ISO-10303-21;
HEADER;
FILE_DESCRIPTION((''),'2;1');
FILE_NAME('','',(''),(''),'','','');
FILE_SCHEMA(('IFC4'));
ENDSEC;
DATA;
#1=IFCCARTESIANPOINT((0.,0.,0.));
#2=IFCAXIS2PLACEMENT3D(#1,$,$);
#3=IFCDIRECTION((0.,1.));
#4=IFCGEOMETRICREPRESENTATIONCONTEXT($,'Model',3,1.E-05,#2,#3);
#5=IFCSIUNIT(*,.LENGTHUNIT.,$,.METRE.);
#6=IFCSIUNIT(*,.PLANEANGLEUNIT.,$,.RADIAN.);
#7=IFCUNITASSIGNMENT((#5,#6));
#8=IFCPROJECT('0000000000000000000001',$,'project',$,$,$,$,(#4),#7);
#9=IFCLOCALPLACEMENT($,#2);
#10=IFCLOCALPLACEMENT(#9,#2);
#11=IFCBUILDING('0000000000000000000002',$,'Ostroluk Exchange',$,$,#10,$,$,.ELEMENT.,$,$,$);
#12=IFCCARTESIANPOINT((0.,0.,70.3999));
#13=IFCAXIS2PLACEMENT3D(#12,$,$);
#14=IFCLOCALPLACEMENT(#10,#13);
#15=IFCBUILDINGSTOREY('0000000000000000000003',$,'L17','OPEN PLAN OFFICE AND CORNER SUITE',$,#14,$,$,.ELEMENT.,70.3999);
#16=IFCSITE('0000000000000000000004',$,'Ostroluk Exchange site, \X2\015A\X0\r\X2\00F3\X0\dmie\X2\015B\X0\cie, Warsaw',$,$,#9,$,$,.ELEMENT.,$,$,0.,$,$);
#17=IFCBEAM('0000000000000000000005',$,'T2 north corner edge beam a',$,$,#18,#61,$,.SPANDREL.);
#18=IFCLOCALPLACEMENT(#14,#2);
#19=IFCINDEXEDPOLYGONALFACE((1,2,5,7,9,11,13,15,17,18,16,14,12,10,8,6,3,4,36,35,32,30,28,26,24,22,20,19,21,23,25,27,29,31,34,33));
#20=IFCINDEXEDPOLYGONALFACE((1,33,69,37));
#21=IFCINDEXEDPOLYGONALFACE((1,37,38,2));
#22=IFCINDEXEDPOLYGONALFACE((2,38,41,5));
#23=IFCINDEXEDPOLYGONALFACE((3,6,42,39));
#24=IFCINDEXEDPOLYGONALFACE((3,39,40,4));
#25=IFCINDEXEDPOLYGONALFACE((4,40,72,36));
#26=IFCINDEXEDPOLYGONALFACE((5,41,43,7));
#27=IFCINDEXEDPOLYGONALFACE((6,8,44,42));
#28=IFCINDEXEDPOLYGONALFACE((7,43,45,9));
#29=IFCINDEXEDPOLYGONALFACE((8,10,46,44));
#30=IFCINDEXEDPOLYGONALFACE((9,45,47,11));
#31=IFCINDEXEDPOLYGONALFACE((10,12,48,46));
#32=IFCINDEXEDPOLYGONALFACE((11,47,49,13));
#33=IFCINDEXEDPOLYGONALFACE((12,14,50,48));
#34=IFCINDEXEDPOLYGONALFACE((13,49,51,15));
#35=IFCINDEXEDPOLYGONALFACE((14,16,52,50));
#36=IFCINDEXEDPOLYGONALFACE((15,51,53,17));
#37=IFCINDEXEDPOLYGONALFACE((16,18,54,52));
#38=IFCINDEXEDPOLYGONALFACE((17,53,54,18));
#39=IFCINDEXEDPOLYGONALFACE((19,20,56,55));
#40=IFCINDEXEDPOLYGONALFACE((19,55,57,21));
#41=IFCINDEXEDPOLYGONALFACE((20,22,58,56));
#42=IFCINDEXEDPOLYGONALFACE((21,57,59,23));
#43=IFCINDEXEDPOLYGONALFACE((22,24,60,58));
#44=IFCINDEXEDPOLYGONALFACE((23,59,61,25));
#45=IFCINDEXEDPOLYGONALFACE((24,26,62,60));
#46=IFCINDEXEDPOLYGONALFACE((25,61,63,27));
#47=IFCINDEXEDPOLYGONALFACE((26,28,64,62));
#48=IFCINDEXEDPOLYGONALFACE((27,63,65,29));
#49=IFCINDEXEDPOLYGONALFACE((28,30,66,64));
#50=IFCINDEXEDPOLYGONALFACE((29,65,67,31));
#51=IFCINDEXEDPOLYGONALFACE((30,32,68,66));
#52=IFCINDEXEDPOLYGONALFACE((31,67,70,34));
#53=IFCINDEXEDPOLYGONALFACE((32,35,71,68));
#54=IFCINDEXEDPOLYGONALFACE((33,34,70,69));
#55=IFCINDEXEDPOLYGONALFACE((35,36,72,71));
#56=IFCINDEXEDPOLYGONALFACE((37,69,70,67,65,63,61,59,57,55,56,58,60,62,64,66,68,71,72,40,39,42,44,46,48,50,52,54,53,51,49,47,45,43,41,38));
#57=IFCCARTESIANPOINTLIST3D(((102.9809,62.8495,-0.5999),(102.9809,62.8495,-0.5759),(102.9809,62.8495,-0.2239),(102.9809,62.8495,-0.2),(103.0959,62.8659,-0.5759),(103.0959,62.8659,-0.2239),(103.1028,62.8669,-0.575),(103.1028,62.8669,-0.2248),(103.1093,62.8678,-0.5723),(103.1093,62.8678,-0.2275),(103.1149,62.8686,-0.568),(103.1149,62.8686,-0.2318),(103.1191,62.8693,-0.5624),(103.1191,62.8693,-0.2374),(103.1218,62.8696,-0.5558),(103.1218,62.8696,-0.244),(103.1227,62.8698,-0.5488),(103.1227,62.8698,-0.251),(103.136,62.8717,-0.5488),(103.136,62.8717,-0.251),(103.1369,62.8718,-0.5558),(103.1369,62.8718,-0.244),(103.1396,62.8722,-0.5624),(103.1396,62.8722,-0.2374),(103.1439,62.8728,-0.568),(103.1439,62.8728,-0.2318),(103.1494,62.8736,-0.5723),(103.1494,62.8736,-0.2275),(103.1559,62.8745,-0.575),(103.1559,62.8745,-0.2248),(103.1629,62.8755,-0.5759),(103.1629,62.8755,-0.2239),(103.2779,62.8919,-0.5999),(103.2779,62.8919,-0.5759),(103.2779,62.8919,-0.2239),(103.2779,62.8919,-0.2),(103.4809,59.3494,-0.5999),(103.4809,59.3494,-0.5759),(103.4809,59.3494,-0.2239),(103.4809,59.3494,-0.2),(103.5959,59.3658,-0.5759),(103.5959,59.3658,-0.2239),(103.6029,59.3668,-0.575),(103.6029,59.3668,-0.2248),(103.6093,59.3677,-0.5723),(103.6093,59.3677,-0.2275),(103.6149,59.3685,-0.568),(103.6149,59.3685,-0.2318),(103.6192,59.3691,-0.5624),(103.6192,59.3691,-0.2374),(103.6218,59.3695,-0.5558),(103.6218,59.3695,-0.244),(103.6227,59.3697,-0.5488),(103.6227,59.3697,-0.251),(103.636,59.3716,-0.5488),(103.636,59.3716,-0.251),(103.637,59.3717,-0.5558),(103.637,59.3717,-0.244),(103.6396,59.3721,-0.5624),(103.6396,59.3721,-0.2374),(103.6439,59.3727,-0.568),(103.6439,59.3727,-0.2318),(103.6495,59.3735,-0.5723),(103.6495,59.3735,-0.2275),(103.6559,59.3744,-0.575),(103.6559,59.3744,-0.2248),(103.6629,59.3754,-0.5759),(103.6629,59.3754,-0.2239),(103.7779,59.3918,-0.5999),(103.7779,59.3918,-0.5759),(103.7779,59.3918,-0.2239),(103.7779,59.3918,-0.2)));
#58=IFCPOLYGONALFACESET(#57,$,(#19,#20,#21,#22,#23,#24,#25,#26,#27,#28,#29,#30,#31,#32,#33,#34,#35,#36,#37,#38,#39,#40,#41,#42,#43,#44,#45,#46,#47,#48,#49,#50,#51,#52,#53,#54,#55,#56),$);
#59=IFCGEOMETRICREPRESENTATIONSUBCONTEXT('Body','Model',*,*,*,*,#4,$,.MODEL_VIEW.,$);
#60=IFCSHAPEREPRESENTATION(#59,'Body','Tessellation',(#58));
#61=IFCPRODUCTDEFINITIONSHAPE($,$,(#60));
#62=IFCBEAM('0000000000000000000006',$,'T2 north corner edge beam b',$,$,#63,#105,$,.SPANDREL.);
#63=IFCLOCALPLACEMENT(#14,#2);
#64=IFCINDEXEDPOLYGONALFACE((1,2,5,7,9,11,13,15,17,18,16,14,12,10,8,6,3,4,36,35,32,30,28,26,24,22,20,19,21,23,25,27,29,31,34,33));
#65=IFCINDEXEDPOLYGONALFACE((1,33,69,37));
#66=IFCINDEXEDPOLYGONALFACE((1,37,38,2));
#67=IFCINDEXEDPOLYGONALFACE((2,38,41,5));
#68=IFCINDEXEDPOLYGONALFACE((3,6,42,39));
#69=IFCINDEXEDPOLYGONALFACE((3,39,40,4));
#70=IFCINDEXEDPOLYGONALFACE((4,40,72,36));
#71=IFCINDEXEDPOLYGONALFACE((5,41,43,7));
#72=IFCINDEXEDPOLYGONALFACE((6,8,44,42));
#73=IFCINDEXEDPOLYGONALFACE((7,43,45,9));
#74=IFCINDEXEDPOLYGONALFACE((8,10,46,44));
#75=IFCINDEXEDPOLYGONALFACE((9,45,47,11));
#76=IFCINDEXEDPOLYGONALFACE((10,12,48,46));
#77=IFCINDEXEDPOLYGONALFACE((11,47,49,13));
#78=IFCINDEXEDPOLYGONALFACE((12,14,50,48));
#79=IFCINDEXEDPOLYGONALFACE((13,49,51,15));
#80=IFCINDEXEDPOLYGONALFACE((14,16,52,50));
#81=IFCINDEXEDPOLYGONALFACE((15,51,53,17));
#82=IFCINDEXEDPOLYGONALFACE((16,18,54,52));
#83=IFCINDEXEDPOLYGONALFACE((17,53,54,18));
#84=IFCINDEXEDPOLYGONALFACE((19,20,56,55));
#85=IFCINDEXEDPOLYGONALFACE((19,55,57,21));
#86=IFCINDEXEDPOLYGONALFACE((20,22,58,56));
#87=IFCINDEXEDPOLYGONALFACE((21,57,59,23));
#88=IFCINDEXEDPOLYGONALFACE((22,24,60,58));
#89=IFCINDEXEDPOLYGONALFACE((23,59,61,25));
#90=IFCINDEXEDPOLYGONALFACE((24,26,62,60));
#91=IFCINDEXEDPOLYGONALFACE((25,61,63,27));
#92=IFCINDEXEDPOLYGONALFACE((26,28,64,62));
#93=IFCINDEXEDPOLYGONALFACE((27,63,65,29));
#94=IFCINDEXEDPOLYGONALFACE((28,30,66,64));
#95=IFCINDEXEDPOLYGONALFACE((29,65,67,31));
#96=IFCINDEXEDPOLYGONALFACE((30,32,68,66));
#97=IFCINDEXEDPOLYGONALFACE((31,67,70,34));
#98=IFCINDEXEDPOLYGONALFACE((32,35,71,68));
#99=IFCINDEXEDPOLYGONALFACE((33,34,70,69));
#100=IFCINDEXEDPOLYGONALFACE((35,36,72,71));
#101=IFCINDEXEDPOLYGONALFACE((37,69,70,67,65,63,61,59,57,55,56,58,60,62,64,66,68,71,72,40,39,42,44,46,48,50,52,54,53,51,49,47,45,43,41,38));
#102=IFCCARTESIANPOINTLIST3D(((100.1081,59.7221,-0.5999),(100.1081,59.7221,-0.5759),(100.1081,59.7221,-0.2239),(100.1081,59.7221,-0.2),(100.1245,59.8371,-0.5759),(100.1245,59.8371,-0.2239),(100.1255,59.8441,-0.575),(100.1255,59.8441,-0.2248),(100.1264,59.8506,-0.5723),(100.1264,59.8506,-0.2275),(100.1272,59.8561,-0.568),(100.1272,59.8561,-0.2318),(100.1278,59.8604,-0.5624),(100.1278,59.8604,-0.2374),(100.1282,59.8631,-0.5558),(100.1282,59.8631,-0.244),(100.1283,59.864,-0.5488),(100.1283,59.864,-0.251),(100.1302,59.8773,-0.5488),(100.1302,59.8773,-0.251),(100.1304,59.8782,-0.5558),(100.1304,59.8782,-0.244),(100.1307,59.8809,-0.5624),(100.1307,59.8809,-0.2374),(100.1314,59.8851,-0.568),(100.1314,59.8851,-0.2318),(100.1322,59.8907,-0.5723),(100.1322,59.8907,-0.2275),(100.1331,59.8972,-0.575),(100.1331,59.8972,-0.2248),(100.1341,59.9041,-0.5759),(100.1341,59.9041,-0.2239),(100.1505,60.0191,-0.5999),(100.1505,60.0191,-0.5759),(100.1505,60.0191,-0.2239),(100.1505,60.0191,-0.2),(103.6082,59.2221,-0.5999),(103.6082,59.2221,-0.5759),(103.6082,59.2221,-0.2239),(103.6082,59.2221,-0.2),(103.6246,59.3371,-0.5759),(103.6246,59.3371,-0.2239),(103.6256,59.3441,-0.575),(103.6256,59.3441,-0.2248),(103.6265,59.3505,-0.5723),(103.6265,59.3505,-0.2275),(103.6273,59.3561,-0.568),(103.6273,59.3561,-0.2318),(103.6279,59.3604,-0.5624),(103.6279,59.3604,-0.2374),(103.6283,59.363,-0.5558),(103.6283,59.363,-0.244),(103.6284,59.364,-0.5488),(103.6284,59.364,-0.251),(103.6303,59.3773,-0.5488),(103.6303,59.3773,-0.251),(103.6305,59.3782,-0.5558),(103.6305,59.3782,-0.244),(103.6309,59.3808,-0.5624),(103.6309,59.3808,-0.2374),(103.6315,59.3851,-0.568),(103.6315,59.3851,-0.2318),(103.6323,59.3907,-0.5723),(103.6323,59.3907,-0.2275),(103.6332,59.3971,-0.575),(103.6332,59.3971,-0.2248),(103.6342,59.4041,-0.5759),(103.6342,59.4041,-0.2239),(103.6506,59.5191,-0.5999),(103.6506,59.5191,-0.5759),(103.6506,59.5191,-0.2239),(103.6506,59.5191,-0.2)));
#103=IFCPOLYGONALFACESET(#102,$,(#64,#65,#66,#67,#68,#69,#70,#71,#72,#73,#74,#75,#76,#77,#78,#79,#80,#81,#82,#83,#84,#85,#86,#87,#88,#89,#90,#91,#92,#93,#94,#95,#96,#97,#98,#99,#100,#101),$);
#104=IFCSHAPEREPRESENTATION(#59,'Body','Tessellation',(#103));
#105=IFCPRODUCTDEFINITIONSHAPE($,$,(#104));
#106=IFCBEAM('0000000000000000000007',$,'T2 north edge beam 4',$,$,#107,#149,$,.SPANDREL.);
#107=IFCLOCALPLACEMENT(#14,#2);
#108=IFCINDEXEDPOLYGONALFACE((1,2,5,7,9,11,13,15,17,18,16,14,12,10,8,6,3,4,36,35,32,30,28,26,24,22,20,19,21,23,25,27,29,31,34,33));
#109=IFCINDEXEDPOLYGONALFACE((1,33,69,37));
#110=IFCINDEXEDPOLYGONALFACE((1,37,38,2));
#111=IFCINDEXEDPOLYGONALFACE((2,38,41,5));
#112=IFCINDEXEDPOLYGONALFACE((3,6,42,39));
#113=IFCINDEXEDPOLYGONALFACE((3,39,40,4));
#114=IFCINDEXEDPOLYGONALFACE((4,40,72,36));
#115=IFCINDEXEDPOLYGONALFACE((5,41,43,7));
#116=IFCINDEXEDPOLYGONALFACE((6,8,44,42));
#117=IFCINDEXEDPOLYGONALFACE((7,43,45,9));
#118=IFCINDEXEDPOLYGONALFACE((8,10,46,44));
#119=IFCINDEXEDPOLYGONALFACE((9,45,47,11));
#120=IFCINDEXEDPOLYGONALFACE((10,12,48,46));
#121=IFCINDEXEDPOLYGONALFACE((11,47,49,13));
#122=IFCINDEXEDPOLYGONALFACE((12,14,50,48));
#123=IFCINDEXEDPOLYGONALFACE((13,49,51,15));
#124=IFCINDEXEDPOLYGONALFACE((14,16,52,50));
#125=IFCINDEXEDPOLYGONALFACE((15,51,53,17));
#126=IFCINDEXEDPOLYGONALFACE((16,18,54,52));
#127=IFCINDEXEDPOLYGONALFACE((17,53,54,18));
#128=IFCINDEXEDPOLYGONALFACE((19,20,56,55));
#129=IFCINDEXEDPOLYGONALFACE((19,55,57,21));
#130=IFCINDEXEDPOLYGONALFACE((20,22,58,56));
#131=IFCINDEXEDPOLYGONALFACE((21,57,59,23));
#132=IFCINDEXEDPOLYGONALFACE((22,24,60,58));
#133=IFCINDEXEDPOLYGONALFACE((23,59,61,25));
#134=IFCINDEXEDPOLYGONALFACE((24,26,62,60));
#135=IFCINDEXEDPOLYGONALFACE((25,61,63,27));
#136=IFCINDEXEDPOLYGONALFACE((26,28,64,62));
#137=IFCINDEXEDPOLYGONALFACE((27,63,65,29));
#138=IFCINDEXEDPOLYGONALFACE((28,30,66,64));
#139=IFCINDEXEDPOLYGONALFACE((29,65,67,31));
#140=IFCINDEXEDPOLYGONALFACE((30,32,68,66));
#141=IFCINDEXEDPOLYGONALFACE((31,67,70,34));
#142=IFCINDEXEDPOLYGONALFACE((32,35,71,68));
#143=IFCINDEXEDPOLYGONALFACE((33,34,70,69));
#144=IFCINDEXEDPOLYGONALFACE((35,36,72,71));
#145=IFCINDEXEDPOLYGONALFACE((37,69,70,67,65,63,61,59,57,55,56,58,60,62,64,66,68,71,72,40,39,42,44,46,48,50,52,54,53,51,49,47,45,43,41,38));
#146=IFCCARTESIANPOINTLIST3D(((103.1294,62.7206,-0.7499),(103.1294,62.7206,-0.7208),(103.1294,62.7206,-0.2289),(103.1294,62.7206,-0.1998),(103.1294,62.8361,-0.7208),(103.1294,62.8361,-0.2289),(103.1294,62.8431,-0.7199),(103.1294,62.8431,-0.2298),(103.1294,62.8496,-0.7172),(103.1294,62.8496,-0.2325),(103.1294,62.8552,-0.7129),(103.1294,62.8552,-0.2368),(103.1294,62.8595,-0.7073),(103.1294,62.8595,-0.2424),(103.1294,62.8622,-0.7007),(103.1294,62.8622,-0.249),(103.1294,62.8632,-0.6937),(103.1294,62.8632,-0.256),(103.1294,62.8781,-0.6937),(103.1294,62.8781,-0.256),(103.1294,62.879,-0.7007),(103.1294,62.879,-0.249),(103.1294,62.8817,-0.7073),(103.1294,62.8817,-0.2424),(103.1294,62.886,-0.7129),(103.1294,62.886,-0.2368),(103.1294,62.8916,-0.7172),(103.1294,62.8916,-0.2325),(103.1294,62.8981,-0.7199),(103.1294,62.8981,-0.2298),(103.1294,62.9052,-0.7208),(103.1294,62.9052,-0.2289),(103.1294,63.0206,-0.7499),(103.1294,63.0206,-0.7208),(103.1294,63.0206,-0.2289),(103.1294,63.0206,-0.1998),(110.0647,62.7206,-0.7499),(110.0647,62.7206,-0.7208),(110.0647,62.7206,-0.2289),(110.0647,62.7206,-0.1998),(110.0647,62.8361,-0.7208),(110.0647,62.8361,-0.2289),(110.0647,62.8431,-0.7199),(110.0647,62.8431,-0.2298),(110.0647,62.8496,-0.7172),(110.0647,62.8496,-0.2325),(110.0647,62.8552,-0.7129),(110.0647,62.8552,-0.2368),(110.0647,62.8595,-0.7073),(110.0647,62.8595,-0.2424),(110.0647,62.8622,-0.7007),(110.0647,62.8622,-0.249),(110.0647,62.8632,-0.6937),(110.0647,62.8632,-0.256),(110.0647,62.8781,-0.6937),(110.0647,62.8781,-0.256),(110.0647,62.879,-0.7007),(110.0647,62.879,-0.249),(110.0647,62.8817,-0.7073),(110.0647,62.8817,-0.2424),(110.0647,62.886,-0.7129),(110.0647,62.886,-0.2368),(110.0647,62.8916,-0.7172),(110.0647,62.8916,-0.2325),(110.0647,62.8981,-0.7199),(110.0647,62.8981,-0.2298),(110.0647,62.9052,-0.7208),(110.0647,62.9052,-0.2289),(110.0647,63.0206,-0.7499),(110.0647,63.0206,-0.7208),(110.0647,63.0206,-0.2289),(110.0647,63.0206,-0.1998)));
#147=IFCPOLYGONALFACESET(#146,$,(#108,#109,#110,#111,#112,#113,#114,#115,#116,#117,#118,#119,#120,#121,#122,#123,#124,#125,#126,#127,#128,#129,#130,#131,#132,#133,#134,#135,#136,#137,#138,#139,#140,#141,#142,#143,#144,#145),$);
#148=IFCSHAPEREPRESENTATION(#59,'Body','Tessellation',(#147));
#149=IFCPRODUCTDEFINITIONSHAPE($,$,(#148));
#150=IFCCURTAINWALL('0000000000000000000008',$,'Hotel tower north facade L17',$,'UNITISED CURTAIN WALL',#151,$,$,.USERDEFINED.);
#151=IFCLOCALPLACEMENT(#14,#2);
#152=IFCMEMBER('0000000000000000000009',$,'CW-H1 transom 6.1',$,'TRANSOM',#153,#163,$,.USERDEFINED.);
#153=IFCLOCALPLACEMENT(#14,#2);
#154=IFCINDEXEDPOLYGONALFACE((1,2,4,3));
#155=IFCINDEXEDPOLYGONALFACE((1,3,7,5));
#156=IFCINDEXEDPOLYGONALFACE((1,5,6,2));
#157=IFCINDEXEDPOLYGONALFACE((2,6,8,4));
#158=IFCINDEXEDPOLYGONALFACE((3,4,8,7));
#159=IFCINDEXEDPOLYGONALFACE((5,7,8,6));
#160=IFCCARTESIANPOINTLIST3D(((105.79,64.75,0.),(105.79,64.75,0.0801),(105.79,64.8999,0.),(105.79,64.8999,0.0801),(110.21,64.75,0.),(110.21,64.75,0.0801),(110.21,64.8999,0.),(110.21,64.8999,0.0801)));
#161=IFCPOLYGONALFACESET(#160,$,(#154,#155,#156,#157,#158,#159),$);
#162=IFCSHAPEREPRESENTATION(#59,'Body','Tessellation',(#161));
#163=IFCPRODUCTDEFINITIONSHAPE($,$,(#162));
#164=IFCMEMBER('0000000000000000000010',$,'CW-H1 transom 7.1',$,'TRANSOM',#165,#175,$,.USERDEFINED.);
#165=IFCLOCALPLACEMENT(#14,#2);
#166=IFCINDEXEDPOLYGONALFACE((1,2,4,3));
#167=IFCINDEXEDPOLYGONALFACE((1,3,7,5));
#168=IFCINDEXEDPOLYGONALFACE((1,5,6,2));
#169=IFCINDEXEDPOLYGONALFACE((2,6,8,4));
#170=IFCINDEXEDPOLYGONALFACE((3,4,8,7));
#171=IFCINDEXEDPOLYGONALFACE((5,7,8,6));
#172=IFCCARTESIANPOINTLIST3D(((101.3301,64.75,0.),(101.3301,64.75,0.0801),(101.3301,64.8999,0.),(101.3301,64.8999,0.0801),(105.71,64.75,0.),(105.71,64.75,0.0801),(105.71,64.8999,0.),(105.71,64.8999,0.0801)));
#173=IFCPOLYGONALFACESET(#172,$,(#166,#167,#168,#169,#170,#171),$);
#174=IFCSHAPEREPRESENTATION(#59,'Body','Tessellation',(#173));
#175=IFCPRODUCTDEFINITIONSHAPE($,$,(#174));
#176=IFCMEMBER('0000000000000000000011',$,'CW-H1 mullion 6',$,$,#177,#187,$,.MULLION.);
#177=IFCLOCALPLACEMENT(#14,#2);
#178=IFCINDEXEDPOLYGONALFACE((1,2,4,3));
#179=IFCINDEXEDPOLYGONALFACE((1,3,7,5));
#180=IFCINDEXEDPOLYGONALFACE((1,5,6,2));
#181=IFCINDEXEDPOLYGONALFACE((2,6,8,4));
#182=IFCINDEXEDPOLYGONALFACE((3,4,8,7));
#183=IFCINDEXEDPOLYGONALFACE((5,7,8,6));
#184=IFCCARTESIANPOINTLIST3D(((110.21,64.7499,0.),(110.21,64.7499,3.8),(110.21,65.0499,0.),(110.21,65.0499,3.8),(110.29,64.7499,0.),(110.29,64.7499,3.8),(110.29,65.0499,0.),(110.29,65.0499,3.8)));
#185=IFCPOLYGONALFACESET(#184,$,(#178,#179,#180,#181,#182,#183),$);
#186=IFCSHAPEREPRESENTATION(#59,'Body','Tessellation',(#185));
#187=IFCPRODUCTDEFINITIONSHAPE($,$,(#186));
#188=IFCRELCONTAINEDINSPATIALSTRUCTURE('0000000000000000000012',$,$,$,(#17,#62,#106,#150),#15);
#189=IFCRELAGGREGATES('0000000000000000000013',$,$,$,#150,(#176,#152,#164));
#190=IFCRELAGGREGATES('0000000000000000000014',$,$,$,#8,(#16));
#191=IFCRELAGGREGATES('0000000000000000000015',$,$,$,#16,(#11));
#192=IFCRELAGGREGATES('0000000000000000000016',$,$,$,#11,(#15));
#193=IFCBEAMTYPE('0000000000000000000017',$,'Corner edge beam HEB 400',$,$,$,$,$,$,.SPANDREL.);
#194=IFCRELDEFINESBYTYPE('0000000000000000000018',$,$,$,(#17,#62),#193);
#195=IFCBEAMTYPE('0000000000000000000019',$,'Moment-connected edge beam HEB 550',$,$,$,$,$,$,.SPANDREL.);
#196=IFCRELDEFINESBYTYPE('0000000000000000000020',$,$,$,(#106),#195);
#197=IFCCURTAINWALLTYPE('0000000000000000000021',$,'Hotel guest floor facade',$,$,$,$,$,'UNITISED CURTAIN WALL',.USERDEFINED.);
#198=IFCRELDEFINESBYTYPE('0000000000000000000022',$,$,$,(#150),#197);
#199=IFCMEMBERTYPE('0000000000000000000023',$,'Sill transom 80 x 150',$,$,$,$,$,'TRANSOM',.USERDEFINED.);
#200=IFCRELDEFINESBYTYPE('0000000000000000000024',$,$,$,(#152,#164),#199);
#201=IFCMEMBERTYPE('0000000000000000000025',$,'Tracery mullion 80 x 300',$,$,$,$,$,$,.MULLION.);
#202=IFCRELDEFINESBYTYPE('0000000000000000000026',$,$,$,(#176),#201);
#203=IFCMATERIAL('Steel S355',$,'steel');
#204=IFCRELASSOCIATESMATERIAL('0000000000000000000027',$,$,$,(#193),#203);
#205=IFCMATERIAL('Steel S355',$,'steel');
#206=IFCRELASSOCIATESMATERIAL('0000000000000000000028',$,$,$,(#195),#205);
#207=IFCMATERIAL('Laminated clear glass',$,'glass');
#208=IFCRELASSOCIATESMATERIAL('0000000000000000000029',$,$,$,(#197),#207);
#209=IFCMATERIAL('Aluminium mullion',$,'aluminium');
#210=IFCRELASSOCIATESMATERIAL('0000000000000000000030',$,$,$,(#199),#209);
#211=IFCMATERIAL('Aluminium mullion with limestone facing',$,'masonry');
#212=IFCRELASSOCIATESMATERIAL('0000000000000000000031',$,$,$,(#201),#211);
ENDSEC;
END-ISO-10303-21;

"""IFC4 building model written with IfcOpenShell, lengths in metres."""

from ifc_helpers import new_model, si_unit, direction, frame, origin, origin_2d, place, context, subcontext, project, spatial, rectangle, i_section, extrude, material, material_profile, profile_set, type_object, element, aggregate, save


model = new_model("IFC4")

# Units and contexts
model_context = context("Model", 3, precision=1e-05, world=origin(), true_north=direction((0.0, 1.0)))
body_context = subcontext(model_context, "Body", "Model", "MODEL_VIEW")
ifc_project = project(units=[si_unit("LENGTHUNIT", "METRE"), si_unit("PLANEANGLEUNIT", "RADIAN")], contexts=[model_context])

# Site, building, storey
site_placement = place(None, origin())
site = spatial("IfcSite", under=ifc_project, at=site_placement, Name="Ostroluk Exchange site, Śródmieście, Warsaw", CompositionType="ELEMENT", RefElevation=0.0)
building_placement = place(site_placement, origin())
building = spatial("IfcBuilding", under=site, at=building_placement, Name="Ostroluk Exchange", CompositionType="ELEMENT")
storey_placement = place(building_placement, frame((0.0, 0.0, 70.3999)))
storey = spatial("IfcBuildingStorey", under=building, at=storey_placement, Name="L17", Description="OPEN PLAN OFFICE AND CORNER SUITE", CompositionType="ELEMENT", Elevation=70.3999)

# Beams
ifc_material_1 = material(Name="Steel S355", Category="steel")
ifc_material_profile_1 = material_profile(ifc_material_1, i_section(OverallWidth=0.3, OverallDepth=0.3999, WebThickness=0.0134, FlangeThickness=0.0239, FilletRadius=0.0271, at=origin_2d()), Name="HEB 400")
ifc_profile_set_1 = profile_set([ifc_material_profile_1], Name="Steel S355")
beam_type_1 = type_object("IfcBeamType", Name="Corner edge beam HEB 400", PredefinedType="SPANDREL", material=ifc_profile_set_1)
for number, where, z_axis, x_axis, name in (
    (1, (103.6294, 59.3706, -0.3999), (-0.141421, 0.989949, 0.0), (-0.989949, -0.141421, 0.0), "T2 north corner edge beam a"),
    (2, (103.6294, 59.3706, -0.3999), (-0.989949, 0.141421, 0.0), (-0.141421, -0.989949, 0.0), "T2 north corner edge beam b"),
):
    element("IfcBeam", number, at=place(storey_placement, frame(where, z_axis=z_axis, x_axis=x_axis)), inside=storey, type_object=beam_type_1, Name=name, PredefinedType="SPANDREL", context=body_context, shape_type="SweptSolid", body=[
        extrude(i_section(OverallWidth=0.3, OverallDepth=0.3999, WebThickness=0.0134, FlangeThickness=0.0239, FilletRadius=0.0271, at=origin_2d()), origin(), (0.0, 0.0, 1.0), 3.5356),
    ])
ifc_material_2 = material(Name="Steel S355", Category="steel")
ifc_material_profile_2 = material_profile(ifc_material_2, i_section(OverallWidth=0.3, OverallDepth=0.55, WebThickness=0.0149, FlangeThickness=0.0291, FilletRadius=0.0271, at=origin_2d()), Name="HEB 550")
ifc_profile_set_2 = profile_set([ifc_material_profile_2], Name="Steel S355")
beam_type_2 = type_object("IfcBeamType", Name="Moment-connected edge beam HEB 550", PredefinedType="SPANDREL", material=ifc_profile_set_2)
beam_1_placement = place(storey_placement, frame((110.0647, 62.8706, -0.4749), z_axis=(-1.0, 0.0, 0.0), x_axis=(0.0, -1.0, 0.0)))
element("IfcBeam", 3, at=beam_1_placement, inside=storey, type_object=beam_type_2, Name="T2 north edge beam 4", PredefinedType="SPANDREL", context=body_context, shape_type="SweptSolid", body=[
    extrude(i_section(OverallWidth=0.3, OverallDepth=0.55, WebThickness=0.0149, FlangeThickness=0.0291, FilletRadius=0.0271, at=origin_2d()), origin(), (0.0, 0.0, 1.0), 6.9353),
])

# Curtain wall, members
ifc_material_3 = material(Name="Laminated clear glass", Category="glass")
curtain_wall_type = type_object("IfcCurtainWallType", Name="Hotel guest floor facade", ElementType="UNITISED CURTAIN WALL", PredefinedType="USERDEFINED", material=ifc_material_3)
curtain_wall_placement = place(storey_placement, origin())
curtain_wall = element("IfcCurtainWall", 4, at=curtain_wall_placement, inside=storey, type_object=curtain_wall_type, Name="Hotel tower north facade L17", ObjectType="UNITISED CURTAIN WALL", PredefinedType="USERDEFINED")
ifc_material_4 = material(Name="Aluminium mullion", Category="aluminium")
ifc_material_profile_3 = material_profile(ifc_material_4, rectangle(XDim=0.1499, YDim=0.0801, at=origin_2d()), Name="Sill transom 80 x 150")
ifc_profile_set_3 = profile_set([ifc_material_profile_3], Name="Aluminium mullion")
member_type_1 = type_object("IfcMemberType", Name="Sill transom 80 x 150", ElementType="TRANSOM", PredefinedType="USERDEFINED", material=ifc_profile_set_3)
member_1_placement = place(storey_placement, frame((110.21, 64.825, 0.04), z_axis=(-1.0, 0.0, 0.0), x_axis=(0.0, -1.0, 0.0)))
member_1 = element("IfcMember", 5, at=member_1_placement, type_object=member_type_1, Name="CW-H1 transom 6.1", ObjectType="TRANSOM", PredefinedType="USERDEFINED", context=body_context, shape_type="SweptSolid", body=[
    extrude(rectangle(XDim=0.1499, YDim=0.0801, at=origin_2d()), origin(), (0.0, 0.0, 1.0), 4.4199),
])
member_2_placement = place(storey_placement, frame((105.71, 64.825, 0.04), z_axis=(-1.0, 0.0, 0.0), x_axis=(0.0, -1.0, 0.0)))
member_2 = element("IfcMember", 6, at=member_2_placement, type_object=member_type_1, Name="CW-H1 transom 7.1", ObjectType="TRANSOM", PredefinedType="USERDEFINED", context=body_context, shape_type="SweptSolid", body=[
    extrude(rectangle(XDim=0.1499, YDim=0.0801, at=origin_2d()), origin(), (0.0, 0.0, 1.0), 4.3799),
])
ifc_material_5 = material(Name="Aluminium mullion with limestone facing", Category="masonry")
ifc_material_profile_4 = material_profile(ifc_material_5, rectangle(XDim=0.3, YDim=0.0801, at=origin_2d()), Name="Tracery mullion 80 x 300")
ifc_profile_set_4 = profile_set([ifc_material_profile_4], Name="Aluminium mullion with limestone facing")
member_type_2 = type_object("IfcMemberType", Name="Tracery mullion 80 x 300", PredefinedType="MULLION", material=ifc_profile_set_4)
member_3_placement = place(storey_placement, frame((110.25, 64.8999, 0.0), z_axis=(0.0, 0.0, 1.0), x_axis=(0.0, -1.0, 0.0)))
member_3 = element("IfcMember", 7, at=member_3_placement, type_object=member_type_2, Name="CW-H1 mullion 6", PredefinedType="MULLION", context=body_context, shape_type="SweptSolid", body=[
    extrude(rectangle(XDim=0.3, YDim=0.0801, at=origin_2d()), origin(), (0.0, 0.0, 1.0), 3.8),
])
aggregate(curtain_wall, [member_3, member_1, member_2])

save(model, "model.ifc")
